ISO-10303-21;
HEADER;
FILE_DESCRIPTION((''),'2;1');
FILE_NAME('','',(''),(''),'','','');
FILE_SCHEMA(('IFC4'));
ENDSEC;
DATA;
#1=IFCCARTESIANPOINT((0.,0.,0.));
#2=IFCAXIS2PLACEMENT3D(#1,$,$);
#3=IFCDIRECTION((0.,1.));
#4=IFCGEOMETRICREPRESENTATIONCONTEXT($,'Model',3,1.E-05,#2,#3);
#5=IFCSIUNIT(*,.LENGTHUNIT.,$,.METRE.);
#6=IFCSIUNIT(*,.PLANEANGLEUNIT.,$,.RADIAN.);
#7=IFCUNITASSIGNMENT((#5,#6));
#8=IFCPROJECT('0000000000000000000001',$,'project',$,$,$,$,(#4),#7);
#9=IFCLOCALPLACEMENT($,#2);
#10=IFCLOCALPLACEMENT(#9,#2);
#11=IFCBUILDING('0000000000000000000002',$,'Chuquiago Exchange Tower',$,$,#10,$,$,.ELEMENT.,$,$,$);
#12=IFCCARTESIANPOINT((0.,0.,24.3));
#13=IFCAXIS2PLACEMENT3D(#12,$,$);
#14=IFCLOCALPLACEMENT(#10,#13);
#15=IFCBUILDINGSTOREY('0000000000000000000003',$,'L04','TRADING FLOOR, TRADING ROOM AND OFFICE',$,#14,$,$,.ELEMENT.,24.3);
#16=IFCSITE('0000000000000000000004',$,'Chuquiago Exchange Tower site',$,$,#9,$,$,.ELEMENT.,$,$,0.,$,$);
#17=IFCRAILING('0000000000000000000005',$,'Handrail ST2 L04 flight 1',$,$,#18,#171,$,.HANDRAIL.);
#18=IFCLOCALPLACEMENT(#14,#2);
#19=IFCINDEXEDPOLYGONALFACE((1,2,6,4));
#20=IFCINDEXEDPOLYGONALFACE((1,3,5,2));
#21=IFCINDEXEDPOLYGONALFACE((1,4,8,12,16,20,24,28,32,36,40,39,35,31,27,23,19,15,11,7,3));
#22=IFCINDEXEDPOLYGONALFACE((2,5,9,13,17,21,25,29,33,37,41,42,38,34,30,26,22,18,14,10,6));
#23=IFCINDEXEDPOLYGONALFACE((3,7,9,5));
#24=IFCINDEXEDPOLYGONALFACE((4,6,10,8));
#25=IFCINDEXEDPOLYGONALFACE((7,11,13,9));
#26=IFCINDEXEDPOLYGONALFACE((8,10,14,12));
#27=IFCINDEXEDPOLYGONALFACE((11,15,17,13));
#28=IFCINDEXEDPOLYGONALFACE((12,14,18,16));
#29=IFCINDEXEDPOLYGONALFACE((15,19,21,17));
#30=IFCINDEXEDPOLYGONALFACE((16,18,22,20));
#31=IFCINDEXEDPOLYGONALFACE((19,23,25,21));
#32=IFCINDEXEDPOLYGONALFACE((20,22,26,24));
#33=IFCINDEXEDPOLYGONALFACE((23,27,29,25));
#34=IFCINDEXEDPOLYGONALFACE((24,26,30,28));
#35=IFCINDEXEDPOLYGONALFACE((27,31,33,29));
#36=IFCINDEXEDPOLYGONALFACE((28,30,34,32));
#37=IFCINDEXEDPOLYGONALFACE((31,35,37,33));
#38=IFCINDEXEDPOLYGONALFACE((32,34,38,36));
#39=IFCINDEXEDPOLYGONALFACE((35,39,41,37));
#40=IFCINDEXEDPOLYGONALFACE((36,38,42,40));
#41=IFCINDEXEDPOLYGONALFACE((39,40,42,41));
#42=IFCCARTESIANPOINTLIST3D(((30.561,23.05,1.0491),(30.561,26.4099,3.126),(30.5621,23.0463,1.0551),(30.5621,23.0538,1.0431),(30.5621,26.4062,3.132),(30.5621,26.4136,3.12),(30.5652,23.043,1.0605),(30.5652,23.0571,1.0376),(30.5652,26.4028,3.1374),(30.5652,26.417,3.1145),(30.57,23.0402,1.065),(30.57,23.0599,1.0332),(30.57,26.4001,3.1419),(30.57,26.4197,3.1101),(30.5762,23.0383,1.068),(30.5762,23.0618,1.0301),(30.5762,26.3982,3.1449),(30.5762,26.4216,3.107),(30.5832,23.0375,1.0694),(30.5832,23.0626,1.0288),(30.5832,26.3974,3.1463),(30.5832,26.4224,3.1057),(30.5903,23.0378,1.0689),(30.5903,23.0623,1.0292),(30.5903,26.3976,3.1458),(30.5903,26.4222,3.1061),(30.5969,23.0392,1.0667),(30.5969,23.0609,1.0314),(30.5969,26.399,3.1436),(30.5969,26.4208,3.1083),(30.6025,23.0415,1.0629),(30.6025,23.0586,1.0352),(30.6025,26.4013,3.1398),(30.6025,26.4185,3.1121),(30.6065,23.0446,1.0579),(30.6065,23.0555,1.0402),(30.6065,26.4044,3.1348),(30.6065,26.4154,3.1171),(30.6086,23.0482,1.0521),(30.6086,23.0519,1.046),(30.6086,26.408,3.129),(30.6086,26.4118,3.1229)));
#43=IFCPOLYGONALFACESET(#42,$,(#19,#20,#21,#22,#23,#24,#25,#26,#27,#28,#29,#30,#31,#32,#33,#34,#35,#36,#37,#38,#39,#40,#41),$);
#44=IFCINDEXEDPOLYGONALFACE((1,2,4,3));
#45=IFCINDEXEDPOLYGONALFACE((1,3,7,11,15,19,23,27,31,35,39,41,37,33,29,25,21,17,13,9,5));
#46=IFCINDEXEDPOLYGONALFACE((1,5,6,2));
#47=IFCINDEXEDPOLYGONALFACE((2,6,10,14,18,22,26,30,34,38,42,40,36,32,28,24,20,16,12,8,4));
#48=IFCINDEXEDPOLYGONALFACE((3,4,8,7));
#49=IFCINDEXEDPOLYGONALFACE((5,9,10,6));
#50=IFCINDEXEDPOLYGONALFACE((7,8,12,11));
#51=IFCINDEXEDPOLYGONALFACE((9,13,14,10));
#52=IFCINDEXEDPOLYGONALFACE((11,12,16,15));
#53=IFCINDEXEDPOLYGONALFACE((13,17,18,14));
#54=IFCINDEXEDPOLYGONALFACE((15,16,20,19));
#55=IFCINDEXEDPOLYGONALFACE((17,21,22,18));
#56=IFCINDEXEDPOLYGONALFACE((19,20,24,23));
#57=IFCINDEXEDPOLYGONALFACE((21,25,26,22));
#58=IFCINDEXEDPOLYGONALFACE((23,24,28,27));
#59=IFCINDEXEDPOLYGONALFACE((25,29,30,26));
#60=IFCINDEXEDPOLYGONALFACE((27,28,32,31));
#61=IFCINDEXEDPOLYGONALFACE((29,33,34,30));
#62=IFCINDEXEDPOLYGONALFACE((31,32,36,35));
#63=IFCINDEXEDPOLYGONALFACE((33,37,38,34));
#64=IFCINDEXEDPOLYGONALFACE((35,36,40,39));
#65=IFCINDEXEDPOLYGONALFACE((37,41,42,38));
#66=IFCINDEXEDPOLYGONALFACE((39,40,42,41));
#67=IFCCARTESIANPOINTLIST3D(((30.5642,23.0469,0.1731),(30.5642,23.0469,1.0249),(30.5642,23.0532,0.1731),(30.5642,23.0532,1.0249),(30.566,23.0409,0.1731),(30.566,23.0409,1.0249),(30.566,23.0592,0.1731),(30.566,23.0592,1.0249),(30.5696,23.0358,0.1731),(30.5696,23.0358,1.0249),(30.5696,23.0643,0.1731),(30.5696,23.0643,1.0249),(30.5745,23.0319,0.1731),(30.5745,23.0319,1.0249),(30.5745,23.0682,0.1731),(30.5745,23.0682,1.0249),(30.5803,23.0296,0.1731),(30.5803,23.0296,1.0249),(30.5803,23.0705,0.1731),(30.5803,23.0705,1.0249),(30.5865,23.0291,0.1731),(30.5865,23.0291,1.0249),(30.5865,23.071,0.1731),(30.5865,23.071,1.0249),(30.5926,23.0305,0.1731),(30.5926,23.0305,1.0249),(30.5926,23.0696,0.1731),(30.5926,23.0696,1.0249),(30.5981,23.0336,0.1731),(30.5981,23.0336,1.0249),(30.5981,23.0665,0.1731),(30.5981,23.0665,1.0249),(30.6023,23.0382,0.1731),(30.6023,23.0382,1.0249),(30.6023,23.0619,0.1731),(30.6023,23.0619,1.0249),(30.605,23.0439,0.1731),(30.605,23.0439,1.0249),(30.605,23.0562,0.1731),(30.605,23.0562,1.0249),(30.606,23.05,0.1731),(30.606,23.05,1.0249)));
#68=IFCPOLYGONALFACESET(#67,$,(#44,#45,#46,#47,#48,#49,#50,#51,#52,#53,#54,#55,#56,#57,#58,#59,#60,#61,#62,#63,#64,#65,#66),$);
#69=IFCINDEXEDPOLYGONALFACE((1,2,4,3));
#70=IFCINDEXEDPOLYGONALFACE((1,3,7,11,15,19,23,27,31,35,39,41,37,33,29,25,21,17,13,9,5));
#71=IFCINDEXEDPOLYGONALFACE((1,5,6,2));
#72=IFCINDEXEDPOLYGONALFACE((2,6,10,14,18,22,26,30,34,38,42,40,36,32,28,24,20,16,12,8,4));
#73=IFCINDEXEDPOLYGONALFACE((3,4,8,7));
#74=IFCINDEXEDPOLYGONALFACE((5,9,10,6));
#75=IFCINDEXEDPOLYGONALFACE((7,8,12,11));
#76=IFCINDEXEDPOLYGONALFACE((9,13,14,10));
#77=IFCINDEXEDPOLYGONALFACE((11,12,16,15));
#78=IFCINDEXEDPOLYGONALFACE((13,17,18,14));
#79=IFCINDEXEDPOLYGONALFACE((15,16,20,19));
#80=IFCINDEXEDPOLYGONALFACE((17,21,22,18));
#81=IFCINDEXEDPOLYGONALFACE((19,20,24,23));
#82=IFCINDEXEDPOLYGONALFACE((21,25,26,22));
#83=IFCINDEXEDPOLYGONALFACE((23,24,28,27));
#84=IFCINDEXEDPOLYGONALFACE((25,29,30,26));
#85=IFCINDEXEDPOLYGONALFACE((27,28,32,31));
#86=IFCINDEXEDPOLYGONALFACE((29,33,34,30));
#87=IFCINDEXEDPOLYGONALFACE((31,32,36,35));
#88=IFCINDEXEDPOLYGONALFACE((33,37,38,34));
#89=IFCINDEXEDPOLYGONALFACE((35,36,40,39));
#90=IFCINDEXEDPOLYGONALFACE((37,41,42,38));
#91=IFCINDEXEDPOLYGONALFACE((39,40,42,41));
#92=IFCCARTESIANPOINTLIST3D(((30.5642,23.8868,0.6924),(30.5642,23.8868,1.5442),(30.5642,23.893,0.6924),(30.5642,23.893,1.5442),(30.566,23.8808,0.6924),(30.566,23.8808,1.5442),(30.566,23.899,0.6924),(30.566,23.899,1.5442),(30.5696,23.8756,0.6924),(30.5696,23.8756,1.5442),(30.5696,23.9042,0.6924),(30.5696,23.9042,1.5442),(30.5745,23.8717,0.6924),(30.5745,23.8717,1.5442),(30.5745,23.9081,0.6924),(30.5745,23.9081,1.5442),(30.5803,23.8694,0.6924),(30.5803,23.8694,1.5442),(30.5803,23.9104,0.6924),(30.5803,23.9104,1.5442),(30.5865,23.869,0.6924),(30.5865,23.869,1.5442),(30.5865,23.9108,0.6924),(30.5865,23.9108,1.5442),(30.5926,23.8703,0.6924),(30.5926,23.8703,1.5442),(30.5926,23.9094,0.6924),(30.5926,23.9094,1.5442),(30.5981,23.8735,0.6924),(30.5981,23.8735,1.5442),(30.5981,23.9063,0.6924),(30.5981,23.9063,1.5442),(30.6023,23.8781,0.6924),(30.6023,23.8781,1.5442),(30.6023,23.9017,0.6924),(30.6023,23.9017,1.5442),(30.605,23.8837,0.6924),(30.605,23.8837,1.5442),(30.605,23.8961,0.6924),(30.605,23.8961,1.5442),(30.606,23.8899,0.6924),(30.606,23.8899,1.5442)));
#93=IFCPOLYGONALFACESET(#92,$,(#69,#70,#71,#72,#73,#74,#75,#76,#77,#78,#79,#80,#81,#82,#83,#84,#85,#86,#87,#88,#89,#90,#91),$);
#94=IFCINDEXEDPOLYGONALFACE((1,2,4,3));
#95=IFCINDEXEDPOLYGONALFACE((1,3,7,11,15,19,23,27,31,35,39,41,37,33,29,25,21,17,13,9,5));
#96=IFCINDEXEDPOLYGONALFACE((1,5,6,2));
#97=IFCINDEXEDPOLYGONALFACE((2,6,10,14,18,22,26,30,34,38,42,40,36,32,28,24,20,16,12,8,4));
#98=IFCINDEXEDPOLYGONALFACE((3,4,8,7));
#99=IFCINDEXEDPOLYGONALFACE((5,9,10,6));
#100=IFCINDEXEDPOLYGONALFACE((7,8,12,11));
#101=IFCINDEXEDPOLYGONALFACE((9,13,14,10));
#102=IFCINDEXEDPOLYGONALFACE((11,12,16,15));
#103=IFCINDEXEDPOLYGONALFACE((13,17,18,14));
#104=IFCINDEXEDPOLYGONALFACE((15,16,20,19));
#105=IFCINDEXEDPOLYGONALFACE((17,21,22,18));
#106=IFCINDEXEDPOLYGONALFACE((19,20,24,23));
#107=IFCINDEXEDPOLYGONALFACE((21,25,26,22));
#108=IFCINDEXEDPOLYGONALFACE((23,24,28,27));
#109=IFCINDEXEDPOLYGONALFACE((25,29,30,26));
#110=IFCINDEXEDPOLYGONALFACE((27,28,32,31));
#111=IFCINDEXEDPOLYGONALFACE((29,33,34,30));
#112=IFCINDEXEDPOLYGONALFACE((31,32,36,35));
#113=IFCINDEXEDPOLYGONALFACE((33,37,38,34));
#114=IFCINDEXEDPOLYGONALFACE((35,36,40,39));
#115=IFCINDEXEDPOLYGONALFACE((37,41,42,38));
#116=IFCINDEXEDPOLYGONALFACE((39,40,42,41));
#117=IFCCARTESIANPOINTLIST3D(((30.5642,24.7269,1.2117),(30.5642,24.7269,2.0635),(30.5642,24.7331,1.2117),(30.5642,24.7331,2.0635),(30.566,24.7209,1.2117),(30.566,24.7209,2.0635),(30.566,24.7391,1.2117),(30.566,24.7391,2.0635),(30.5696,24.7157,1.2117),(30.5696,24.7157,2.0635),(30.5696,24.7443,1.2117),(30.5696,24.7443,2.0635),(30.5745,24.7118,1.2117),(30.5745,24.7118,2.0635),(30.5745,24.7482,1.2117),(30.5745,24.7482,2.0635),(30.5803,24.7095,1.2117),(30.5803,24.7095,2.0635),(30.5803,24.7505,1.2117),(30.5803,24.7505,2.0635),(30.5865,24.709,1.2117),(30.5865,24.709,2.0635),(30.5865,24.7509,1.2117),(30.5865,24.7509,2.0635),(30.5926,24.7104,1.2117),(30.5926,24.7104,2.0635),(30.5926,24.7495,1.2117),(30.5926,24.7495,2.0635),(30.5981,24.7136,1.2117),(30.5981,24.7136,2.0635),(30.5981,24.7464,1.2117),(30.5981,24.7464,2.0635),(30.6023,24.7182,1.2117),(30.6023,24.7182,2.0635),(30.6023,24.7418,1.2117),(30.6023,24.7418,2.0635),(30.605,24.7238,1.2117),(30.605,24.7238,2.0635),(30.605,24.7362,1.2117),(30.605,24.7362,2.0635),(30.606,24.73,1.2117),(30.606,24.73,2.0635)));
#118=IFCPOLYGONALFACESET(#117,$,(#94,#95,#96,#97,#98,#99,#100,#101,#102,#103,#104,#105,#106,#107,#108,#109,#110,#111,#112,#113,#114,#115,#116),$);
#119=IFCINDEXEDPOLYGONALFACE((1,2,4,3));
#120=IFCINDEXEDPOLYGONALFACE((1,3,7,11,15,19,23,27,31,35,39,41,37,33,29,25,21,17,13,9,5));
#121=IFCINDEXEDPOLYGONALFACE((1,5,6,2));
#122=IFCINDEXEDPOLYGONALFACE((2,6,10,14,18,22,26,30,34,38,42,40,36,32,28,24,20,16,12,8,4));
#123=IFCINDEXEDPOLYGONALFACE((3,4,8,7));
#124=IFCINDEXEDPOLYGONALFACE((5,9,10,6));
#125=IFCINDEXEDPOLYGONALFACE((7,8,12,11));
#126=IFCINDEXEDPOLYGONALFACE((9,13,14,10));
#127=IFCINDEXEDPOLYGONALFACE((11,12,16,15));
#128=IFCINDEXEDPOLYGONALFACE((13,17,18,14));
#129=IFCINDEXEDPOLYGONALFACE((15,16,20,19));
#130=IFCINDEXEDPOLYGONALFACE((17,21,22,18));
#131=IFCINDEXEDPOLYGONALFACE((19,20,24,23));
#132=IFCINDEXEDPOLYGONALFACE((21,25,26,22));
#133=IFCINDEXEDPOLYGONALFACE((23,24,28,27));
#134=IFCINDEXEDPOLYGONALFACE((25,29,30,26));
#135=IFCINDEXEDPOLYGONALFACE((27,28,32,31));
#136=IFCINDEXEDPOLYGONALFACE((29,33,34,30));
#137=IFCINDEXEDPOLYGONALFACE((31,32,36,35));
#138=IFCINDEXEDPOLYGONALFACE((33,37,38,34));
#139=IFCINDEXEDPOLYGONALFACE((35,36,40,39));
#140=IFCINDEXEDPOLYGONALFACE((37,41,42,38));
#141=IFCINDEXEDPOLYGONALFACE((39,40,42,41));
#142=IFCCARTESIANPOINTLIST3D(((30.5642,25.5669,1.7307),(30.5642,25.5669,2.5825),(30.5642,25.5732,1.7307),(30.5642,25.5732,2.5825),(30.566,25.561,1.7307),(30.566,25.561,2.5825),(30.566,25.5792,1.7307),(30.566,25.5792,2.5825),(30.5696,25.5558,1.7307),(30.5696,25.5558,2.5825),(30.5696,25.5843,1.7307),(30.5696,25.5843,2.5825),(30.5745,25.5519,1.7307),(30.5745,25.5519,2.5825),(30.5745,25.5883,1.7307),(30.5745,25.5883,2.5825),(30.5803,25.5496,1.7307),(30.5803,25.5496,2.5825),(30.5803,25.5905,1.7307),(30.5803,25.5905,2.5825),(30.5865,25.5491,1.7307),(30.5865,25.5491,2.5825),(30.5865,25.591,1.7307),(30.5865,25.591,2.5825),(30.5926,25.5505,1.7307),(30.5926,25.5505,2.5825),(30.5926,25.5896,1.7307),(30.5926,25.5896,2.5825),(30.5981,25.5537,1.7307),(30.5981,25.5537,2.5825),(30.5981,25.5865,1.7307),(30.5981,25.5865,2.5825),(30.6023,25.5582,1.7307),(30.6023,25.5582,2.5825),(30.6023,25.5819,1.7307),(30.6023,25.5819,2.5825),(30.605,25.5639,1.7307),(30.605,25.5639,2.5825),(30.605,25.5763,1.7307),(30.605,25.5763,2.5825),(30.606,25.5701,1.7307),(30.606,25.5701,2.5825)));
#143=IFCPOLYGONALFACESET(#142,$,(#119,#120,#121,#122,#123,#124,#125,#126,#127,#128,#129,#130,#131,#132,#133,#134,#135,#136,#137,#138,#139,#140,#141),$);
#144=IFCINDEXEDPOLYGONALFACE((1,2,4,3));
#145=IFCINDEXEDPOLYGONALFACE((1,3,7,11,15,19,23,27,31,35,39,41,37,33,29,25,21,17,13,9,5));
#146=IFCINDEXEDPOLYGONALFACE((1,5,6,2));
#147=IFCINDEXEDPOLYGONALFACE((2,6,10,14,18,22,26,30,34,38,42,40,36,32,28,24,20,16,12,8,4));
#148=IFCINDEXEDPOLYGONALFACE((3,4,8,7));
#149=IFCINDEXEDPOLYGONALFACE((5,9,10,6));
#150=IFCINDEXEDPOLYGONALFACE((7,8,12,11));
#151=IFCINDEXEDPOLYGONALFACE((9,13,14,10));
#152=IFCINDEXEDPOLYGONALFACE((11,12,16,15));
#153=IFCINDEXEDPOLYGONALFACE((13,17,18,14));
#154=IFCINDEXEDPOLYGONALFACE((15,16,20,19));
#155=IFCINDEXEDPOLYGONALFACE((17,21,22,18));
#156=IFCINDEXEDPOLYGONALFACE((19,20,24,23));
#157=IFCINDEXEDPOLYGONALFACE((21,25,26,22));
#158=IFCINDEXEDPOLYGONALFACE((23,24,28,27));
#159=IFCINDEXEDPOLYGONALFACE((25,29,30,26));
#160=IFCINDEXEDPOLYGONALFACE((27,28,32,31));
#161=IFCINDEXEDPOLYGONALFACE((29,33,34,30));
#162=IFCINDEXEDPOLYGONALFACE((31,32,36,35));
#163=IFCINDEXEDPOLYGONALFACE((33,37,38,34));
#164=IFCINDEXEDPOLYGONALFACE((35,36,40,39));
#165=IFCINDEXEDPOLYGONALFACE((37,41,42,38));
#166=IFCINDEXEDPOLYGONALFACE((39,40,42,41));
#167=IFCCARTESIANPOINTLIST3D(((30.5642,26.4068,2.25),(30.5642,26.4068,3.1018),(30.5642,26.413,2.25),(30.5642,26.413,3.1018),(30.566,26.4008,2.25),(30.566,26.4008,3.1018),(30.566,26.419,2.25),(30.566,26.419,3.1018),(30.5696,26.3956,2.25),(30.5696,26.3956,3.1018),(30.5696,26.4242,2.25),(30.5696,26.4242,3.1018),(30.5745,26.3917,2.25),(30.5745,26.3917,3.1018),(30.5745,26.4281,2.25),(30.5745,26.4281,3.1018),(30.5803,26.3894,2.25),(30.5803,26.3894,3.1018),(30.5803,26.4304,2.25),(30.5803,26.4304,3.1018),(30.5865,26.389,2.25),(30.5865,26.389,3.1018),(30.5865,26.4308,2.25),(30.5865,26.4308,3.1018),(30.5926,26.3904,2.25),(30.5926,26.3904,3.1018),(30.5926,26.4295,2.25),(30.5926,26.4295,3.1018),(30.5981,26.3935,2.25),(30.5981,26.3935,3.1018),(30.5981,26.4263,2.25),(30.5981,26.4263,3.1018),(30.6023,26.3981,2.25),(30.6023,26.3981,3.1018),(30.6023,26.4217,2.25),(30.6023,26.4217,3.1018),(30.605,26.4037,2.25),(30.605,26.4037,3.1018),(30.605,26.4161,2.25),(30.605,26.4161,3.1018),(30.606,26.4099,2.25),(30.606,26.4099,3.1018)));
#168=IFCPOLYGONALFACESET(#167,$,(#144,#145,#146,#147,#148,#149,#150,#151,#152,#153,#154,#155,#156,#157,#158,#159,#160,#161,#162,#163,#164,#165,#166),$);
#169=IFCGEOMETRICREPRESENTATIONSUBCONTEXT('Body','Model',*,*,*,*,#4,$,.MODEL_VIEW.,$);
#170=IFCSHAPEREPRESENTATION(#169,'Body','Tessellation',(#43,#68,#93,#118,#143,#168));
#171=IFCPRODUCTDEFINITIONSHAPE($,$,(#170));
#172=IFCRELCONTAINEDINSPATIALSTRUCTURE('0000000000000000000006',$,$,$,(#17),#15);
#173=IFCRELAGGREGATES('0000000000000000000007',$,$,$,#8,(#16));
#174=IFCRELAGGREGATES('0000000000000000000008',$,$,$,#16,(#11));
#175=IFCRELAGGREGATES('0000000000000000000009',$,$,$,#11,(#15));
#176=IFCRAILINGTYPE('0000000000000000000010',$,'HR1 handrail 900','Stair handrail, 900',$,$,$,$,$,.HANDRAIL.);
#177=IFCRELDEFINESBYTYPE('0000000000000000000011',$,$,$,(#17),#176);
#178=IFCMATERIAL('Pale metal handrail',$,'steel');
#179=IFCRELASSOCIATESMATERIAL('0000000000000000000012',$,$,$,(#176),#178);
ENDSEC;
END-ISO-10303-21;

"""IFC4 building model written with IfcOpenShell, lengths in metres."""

from ifc_helpers import new_model, si_unit, direction, frame, origin, origin_2d, place, context, subcontext, project, spatial, circle, extrude, material, type_object, element, save


model = new_model("IFC4")

# Units and contexts
model_context = context("Model", 3, precision=1e-05, world=origin(), true_north=direction((0.0, 1.0)))
body_context = subcontext(model_context, "Body", "Model", "MODEL_VIEW")
ifc_project = project(units=[si_unit("LENGTHUNIT", "METRE"), si_unit("PLANEANGLEUNIT", "RADIAN")], contexts=[model_context])

# Site, building, storey
site_placement = place(None, origin())
site = spatial("IfcSite", under=ifc_project, at=site_placement, Name="Chuquiago Exchange Tower site", CompositionType="ELEMENT", RefElevation=0.0)
building_placement = place(site_placement, origin())
building = spatial("IfcBuilding", under=site, at=building_placement, Name="Chuquiago Exchange Tower", CompositionType="ELEMENT")
storey_placement = place(building_placement, frame((0.0, 0.0, 24.3)))
storey = spatial("IfcBuildingStorey", under=building, at=storey_placement, Name="L04", Description="TRADING FLOOR, TRADING ROOM AND OFFICE", CompositionType="ELEMENT", Elevation=24.3)

# Railing
ifc_material_1 = material(Name="Pale metal handrail", Category="steel")
railing_type_1 = type_object("IfcRailingType", Name="HR1 handrail 900", Description="Stair handrail, 900", PredefinedType="HANDRAIL", material=ifc_material_1)
for number, where, name in (
    (1, (30.585, 23.05, 0.1731), "Handrail ST2 L04 flight 1"),
):
    element("IfcRailing", number, at=place(storey_placement, frame(where)), inside=storey, type_object=railing_type_1, Name=name, PredefinedType="HANDRAIL", context=body_context, shape_type="SweptSolid", body=[
        extrude(circle(Radius=0.0239, at=origin_2d()), frame((0.0, 0.0, 0.876), z_axis=(0.0, 0.850606, 0.525803), x_axis=(-1.0, 0.0, 0.0)), (0.0, 0.0, 1.0), 3.95),
        extrude(circle(Radius=0.021, at=origin_2d()), origin(), (0.0, 0.0, 1.0), 0.8518),
        extrude(circle(Radius=0.021, at=origin_2d()), frame((0.0, 0.8398, 0.5193)), (0.0, 0.0, 1.0), 0.8518),
        extrude(circle(Radius=0.021, at=origin_2d()), frame((0.0, 1.6799, 1.0386)), (0.0, 0.0, 1.0), 0.8518),
        extrude(circle(Radius=0.021, at=origin_2d()), frame((0.0, 2.52, 1.5576)), (0.0, 0.0, 1.0), 0.8518),
        extrude(circle(Radius=0.021, at=origin_2d()), frame((0.0, 3.3599, 2.0769)), (0.0, 0.0, 1.0), 0.8518),
    ])

save(model, "model.ifc")
